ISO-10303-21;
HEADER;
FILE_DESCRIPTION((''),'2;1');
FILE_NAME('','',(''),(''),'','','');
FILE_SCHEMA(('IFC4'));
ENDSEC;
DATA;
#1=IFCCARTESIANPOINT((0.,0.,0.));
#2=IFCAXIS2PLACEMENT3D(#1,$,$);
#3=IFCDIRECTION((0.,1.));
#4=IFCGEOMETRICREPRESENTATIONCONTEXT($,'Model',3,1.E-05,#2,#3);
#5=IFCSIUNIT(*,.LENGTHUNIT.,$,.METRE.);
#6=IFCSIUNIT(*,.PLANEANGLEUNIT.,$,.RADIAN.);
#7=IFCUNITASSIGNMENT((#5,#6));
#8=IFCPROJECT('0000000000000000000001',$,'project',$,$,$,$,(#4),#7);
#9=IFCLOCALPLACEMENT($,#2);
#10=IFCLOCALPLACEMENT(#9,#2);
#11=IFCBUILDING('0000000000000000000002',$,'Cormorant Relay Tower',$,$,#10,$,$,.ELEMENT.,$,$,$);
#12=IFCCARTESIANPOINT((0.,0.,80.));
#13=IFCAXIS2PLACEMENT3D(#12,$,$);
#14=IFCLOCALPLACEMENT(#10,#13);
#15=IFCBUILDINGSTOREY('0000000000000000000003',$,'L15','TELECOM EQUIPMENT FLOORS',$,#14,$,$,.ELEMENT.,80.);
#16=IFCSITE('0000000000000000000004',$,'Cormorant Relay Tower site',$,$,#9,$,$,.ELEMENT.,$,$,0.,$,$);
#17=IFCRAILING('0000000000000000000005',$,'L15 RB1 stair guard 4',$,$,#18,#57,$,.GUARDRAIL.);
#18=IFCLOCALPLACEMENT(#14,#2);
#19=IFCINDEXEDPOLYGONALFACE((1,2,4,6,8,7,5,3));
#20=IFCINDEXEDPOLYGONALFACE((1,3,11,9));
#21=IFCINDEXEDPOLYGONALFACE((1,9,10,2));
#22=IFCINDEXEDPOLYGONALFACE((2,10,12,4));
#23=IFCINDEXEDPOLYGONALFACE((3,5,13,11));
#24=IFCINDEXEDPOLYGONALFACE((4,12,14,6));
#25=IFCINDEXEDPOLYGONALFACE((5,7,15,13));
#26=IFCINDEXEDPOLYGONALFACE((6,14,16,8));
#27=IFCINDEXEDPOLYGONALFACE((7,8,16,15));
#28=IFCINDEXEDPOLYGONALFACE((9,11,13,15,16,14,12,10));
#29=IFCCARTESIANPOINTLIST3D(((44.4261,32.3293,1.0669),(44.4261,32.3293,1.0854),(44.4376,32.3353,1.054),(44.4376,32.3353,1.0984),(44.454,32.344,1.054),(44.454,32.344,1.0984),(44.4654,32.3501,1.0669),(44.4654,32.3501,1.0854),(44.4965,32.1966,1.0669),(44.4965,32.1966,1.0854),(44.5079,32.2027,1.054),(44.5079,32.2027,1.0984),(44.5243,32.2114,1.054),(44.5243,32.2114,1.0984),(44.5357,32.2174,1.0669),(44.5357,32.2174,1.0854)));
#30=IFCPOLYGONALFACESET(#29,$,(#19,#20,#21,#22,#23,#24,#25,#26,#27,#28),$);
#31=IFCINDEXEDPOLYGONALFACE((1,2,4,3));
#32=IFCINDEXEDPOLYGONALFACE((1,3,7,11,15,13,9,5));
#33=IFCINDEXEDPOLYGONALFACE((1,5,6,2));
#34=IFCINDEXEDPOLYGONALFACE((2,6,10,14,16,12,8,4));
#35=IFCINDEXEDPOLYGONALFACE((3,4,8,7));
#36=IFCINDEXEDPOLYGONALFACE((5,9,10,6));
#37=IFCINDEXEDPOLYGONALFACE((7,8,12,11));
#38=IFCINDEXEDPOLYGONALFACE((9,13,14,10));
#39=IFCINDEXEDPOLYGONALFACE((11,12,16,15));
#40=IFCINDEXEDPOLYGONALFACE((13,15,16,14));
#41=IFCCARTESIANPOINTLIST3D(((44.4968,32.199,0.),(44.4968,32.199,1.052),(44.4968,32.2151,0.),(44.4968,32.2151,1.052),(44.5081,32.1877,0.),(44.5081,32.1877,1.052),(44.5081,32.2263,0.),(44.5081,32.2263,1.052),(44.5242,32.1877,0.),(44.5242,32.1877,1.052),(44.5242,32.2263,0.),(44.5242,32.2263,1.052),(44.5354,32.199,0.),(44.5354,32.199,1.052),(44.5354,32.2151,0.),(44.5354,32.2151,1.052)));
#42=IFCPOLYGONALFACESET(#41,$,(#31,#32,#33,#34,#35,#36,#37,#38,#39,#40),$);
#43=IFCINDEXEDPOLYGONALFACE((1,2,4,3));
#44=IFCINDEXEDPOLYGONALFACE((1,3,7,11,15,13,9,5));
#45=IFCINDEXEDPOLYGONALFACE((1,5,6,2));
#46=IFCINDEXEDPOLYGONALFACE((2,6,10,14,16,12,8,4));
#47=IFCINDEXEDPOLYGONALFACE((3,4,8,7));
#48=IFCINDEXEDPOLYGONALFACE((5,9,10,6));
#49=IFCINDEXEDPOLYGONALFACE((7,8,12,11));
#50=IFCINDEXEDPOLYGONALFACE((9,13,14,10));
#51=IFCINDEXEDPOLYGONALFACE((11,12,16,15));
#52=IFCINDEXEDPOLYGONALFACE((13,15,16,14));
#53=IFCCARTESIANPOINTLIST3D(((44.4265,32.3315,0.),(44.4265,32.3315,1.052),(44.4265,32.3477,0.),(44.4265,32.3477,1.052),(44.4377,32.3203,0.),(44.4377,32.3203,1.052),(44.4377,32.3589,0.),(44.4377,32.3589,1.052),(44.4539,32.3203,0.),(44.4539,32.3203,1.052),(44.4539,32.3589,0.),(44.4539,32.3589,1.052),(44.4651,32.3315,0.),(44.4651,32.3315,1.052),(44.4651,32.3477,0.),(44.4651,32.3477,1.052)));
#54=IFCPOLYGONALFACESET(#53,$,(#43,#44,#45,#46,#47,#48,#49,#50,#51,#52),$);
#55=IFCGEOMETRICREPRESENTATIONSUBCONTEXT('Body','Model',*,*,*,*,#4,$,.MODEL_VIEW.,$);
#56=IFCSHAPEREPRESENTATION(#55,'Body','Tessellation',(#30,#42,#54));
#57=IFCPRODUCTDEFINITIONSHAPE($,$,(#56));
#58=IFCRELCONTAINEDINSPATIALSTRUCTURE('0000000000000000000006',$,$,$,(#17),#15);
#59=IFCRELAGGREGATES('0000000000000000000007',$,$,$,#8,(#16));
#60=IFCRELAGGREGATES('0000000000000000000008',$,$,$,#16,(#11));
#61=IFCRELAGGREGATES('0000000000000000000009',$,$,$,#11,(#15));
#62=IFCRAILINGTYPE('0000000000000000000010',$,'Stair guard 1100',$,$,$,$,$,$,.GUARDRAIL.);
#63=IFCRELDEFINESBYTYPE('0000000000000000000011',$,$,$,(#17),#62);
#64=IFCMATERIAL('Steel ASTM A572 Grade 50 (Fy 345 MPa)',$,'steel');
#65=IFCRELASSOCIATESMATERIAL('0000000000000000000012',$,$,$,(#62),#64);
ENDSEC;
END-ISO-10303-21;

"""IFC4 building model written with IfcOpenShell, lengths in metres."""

from ifc_helpers import new_model, si_unit, direction, frame, origin, place, context, subcontext, project, spatial, polyline, outline, extrude, material, type_object, element, save


model = new_model("IFC4")

# Units and contexts
model_context = context("Model", 3, precision=1e-05, world=origin(), true_north=direction((0.0, 1.0)))
body_context = subcontext(model_context, "Body", "Model", "MODEL_VIEW")
ifc_project = project(units=[si_unit("LENGTHUNIT", "METRE"), si_unit("PLANEANGLEUNIT", "RADIAN")], contexts=[model_context])

# Site, building, storey
site_placement = place(None, origin())
site = spatial("IfcSite", under=ifc_project, at=site_placement, Name="Cormorant Relay Tower site", CompositionType="ELEMENT", RefElevation=0.0)
building_placement = place(site_placement, origin())
building = spatial("IfcBuilding", under=site, at=building_placement, Name="Cormorant Relay Tower", CompositionType="ELEMENT")
storey_placement = place(building_placement, frame((0.0, 0.0, 80.0)))
storey = spatial("IfcBuildingStorey", under=building, at=storey_placement, Name="L15", Description="TELECOM EQUIPMENT FLOORS", CompositionType="ELEMENT", Elevation=80.0)

# Railing
ifc_material_1 = material(Name="Steel ASTM A572 Grade 50 (Fy 345 MPa)", Category="steel")
railing_type = type_object("IfcRailingType", Name="Stair guard 1100", PredefinedType="GUARDRAIL", material=ifc_material_1)
railing_1_placement = place(storey_placement, frame((44.5161, 32.207, 0.0)))
element("IfcRailing", 1, at=railing_1_placement, inside=storey, type_object=railing_type, Name="L15 RB1 stair guard 4", PredefinedType="GUARDRAIL", context=body_context, shape_type="SweptSolid", body=[
    extrude(outline(polyline([(0.0222, 0.0093), (0.0093, 0.0222), (-0.0093, 0.0222), (-0.0222, 0.0093), (-0.0222, -0.0093), (-0.0093, -0.0222), (0.0093, -0.0222), (0.0222, -0.0093), (0.0222, 0.0093)])), frame((0.0, 0.0, 1.0762), z_axis=(-0.46856, 0.883431, 0.0), x_axis=(-0.883431, -0.46856, 0.0)), (0.0, 0.0, 1.0), 0.1501),
    extrude(outline(polyline([(0.0193, 0.0081), (0.0081, 0.0193), (-0.0081, 0.0193), (-0.0193, 0.0081), (-0.0193, -0.0081), (-0.0081, -0.0193), (0.0081, -0.0193), (0.0193, -0.0081), (0.0193, 0.0081)])), origin(), (0.0, 0.0, 1.0), 1.052),
    extrude(outline(polyline([(0.0193, 0.0081), (0.0081, 0.0193), (-0.0081, 0.0193), (-0.0193, 0.0081), (-0.0193, -0.0081), (-0.0081, -0.0193), (0.0081, -0.0193), (0.0193, -0.0081), (0.0193, 0.0081)])), frame((-0.0703, 0.1326, 0.0)), (0.0, 0.0, 1.0), 1.052),
])

save(model, "model.ifc")
